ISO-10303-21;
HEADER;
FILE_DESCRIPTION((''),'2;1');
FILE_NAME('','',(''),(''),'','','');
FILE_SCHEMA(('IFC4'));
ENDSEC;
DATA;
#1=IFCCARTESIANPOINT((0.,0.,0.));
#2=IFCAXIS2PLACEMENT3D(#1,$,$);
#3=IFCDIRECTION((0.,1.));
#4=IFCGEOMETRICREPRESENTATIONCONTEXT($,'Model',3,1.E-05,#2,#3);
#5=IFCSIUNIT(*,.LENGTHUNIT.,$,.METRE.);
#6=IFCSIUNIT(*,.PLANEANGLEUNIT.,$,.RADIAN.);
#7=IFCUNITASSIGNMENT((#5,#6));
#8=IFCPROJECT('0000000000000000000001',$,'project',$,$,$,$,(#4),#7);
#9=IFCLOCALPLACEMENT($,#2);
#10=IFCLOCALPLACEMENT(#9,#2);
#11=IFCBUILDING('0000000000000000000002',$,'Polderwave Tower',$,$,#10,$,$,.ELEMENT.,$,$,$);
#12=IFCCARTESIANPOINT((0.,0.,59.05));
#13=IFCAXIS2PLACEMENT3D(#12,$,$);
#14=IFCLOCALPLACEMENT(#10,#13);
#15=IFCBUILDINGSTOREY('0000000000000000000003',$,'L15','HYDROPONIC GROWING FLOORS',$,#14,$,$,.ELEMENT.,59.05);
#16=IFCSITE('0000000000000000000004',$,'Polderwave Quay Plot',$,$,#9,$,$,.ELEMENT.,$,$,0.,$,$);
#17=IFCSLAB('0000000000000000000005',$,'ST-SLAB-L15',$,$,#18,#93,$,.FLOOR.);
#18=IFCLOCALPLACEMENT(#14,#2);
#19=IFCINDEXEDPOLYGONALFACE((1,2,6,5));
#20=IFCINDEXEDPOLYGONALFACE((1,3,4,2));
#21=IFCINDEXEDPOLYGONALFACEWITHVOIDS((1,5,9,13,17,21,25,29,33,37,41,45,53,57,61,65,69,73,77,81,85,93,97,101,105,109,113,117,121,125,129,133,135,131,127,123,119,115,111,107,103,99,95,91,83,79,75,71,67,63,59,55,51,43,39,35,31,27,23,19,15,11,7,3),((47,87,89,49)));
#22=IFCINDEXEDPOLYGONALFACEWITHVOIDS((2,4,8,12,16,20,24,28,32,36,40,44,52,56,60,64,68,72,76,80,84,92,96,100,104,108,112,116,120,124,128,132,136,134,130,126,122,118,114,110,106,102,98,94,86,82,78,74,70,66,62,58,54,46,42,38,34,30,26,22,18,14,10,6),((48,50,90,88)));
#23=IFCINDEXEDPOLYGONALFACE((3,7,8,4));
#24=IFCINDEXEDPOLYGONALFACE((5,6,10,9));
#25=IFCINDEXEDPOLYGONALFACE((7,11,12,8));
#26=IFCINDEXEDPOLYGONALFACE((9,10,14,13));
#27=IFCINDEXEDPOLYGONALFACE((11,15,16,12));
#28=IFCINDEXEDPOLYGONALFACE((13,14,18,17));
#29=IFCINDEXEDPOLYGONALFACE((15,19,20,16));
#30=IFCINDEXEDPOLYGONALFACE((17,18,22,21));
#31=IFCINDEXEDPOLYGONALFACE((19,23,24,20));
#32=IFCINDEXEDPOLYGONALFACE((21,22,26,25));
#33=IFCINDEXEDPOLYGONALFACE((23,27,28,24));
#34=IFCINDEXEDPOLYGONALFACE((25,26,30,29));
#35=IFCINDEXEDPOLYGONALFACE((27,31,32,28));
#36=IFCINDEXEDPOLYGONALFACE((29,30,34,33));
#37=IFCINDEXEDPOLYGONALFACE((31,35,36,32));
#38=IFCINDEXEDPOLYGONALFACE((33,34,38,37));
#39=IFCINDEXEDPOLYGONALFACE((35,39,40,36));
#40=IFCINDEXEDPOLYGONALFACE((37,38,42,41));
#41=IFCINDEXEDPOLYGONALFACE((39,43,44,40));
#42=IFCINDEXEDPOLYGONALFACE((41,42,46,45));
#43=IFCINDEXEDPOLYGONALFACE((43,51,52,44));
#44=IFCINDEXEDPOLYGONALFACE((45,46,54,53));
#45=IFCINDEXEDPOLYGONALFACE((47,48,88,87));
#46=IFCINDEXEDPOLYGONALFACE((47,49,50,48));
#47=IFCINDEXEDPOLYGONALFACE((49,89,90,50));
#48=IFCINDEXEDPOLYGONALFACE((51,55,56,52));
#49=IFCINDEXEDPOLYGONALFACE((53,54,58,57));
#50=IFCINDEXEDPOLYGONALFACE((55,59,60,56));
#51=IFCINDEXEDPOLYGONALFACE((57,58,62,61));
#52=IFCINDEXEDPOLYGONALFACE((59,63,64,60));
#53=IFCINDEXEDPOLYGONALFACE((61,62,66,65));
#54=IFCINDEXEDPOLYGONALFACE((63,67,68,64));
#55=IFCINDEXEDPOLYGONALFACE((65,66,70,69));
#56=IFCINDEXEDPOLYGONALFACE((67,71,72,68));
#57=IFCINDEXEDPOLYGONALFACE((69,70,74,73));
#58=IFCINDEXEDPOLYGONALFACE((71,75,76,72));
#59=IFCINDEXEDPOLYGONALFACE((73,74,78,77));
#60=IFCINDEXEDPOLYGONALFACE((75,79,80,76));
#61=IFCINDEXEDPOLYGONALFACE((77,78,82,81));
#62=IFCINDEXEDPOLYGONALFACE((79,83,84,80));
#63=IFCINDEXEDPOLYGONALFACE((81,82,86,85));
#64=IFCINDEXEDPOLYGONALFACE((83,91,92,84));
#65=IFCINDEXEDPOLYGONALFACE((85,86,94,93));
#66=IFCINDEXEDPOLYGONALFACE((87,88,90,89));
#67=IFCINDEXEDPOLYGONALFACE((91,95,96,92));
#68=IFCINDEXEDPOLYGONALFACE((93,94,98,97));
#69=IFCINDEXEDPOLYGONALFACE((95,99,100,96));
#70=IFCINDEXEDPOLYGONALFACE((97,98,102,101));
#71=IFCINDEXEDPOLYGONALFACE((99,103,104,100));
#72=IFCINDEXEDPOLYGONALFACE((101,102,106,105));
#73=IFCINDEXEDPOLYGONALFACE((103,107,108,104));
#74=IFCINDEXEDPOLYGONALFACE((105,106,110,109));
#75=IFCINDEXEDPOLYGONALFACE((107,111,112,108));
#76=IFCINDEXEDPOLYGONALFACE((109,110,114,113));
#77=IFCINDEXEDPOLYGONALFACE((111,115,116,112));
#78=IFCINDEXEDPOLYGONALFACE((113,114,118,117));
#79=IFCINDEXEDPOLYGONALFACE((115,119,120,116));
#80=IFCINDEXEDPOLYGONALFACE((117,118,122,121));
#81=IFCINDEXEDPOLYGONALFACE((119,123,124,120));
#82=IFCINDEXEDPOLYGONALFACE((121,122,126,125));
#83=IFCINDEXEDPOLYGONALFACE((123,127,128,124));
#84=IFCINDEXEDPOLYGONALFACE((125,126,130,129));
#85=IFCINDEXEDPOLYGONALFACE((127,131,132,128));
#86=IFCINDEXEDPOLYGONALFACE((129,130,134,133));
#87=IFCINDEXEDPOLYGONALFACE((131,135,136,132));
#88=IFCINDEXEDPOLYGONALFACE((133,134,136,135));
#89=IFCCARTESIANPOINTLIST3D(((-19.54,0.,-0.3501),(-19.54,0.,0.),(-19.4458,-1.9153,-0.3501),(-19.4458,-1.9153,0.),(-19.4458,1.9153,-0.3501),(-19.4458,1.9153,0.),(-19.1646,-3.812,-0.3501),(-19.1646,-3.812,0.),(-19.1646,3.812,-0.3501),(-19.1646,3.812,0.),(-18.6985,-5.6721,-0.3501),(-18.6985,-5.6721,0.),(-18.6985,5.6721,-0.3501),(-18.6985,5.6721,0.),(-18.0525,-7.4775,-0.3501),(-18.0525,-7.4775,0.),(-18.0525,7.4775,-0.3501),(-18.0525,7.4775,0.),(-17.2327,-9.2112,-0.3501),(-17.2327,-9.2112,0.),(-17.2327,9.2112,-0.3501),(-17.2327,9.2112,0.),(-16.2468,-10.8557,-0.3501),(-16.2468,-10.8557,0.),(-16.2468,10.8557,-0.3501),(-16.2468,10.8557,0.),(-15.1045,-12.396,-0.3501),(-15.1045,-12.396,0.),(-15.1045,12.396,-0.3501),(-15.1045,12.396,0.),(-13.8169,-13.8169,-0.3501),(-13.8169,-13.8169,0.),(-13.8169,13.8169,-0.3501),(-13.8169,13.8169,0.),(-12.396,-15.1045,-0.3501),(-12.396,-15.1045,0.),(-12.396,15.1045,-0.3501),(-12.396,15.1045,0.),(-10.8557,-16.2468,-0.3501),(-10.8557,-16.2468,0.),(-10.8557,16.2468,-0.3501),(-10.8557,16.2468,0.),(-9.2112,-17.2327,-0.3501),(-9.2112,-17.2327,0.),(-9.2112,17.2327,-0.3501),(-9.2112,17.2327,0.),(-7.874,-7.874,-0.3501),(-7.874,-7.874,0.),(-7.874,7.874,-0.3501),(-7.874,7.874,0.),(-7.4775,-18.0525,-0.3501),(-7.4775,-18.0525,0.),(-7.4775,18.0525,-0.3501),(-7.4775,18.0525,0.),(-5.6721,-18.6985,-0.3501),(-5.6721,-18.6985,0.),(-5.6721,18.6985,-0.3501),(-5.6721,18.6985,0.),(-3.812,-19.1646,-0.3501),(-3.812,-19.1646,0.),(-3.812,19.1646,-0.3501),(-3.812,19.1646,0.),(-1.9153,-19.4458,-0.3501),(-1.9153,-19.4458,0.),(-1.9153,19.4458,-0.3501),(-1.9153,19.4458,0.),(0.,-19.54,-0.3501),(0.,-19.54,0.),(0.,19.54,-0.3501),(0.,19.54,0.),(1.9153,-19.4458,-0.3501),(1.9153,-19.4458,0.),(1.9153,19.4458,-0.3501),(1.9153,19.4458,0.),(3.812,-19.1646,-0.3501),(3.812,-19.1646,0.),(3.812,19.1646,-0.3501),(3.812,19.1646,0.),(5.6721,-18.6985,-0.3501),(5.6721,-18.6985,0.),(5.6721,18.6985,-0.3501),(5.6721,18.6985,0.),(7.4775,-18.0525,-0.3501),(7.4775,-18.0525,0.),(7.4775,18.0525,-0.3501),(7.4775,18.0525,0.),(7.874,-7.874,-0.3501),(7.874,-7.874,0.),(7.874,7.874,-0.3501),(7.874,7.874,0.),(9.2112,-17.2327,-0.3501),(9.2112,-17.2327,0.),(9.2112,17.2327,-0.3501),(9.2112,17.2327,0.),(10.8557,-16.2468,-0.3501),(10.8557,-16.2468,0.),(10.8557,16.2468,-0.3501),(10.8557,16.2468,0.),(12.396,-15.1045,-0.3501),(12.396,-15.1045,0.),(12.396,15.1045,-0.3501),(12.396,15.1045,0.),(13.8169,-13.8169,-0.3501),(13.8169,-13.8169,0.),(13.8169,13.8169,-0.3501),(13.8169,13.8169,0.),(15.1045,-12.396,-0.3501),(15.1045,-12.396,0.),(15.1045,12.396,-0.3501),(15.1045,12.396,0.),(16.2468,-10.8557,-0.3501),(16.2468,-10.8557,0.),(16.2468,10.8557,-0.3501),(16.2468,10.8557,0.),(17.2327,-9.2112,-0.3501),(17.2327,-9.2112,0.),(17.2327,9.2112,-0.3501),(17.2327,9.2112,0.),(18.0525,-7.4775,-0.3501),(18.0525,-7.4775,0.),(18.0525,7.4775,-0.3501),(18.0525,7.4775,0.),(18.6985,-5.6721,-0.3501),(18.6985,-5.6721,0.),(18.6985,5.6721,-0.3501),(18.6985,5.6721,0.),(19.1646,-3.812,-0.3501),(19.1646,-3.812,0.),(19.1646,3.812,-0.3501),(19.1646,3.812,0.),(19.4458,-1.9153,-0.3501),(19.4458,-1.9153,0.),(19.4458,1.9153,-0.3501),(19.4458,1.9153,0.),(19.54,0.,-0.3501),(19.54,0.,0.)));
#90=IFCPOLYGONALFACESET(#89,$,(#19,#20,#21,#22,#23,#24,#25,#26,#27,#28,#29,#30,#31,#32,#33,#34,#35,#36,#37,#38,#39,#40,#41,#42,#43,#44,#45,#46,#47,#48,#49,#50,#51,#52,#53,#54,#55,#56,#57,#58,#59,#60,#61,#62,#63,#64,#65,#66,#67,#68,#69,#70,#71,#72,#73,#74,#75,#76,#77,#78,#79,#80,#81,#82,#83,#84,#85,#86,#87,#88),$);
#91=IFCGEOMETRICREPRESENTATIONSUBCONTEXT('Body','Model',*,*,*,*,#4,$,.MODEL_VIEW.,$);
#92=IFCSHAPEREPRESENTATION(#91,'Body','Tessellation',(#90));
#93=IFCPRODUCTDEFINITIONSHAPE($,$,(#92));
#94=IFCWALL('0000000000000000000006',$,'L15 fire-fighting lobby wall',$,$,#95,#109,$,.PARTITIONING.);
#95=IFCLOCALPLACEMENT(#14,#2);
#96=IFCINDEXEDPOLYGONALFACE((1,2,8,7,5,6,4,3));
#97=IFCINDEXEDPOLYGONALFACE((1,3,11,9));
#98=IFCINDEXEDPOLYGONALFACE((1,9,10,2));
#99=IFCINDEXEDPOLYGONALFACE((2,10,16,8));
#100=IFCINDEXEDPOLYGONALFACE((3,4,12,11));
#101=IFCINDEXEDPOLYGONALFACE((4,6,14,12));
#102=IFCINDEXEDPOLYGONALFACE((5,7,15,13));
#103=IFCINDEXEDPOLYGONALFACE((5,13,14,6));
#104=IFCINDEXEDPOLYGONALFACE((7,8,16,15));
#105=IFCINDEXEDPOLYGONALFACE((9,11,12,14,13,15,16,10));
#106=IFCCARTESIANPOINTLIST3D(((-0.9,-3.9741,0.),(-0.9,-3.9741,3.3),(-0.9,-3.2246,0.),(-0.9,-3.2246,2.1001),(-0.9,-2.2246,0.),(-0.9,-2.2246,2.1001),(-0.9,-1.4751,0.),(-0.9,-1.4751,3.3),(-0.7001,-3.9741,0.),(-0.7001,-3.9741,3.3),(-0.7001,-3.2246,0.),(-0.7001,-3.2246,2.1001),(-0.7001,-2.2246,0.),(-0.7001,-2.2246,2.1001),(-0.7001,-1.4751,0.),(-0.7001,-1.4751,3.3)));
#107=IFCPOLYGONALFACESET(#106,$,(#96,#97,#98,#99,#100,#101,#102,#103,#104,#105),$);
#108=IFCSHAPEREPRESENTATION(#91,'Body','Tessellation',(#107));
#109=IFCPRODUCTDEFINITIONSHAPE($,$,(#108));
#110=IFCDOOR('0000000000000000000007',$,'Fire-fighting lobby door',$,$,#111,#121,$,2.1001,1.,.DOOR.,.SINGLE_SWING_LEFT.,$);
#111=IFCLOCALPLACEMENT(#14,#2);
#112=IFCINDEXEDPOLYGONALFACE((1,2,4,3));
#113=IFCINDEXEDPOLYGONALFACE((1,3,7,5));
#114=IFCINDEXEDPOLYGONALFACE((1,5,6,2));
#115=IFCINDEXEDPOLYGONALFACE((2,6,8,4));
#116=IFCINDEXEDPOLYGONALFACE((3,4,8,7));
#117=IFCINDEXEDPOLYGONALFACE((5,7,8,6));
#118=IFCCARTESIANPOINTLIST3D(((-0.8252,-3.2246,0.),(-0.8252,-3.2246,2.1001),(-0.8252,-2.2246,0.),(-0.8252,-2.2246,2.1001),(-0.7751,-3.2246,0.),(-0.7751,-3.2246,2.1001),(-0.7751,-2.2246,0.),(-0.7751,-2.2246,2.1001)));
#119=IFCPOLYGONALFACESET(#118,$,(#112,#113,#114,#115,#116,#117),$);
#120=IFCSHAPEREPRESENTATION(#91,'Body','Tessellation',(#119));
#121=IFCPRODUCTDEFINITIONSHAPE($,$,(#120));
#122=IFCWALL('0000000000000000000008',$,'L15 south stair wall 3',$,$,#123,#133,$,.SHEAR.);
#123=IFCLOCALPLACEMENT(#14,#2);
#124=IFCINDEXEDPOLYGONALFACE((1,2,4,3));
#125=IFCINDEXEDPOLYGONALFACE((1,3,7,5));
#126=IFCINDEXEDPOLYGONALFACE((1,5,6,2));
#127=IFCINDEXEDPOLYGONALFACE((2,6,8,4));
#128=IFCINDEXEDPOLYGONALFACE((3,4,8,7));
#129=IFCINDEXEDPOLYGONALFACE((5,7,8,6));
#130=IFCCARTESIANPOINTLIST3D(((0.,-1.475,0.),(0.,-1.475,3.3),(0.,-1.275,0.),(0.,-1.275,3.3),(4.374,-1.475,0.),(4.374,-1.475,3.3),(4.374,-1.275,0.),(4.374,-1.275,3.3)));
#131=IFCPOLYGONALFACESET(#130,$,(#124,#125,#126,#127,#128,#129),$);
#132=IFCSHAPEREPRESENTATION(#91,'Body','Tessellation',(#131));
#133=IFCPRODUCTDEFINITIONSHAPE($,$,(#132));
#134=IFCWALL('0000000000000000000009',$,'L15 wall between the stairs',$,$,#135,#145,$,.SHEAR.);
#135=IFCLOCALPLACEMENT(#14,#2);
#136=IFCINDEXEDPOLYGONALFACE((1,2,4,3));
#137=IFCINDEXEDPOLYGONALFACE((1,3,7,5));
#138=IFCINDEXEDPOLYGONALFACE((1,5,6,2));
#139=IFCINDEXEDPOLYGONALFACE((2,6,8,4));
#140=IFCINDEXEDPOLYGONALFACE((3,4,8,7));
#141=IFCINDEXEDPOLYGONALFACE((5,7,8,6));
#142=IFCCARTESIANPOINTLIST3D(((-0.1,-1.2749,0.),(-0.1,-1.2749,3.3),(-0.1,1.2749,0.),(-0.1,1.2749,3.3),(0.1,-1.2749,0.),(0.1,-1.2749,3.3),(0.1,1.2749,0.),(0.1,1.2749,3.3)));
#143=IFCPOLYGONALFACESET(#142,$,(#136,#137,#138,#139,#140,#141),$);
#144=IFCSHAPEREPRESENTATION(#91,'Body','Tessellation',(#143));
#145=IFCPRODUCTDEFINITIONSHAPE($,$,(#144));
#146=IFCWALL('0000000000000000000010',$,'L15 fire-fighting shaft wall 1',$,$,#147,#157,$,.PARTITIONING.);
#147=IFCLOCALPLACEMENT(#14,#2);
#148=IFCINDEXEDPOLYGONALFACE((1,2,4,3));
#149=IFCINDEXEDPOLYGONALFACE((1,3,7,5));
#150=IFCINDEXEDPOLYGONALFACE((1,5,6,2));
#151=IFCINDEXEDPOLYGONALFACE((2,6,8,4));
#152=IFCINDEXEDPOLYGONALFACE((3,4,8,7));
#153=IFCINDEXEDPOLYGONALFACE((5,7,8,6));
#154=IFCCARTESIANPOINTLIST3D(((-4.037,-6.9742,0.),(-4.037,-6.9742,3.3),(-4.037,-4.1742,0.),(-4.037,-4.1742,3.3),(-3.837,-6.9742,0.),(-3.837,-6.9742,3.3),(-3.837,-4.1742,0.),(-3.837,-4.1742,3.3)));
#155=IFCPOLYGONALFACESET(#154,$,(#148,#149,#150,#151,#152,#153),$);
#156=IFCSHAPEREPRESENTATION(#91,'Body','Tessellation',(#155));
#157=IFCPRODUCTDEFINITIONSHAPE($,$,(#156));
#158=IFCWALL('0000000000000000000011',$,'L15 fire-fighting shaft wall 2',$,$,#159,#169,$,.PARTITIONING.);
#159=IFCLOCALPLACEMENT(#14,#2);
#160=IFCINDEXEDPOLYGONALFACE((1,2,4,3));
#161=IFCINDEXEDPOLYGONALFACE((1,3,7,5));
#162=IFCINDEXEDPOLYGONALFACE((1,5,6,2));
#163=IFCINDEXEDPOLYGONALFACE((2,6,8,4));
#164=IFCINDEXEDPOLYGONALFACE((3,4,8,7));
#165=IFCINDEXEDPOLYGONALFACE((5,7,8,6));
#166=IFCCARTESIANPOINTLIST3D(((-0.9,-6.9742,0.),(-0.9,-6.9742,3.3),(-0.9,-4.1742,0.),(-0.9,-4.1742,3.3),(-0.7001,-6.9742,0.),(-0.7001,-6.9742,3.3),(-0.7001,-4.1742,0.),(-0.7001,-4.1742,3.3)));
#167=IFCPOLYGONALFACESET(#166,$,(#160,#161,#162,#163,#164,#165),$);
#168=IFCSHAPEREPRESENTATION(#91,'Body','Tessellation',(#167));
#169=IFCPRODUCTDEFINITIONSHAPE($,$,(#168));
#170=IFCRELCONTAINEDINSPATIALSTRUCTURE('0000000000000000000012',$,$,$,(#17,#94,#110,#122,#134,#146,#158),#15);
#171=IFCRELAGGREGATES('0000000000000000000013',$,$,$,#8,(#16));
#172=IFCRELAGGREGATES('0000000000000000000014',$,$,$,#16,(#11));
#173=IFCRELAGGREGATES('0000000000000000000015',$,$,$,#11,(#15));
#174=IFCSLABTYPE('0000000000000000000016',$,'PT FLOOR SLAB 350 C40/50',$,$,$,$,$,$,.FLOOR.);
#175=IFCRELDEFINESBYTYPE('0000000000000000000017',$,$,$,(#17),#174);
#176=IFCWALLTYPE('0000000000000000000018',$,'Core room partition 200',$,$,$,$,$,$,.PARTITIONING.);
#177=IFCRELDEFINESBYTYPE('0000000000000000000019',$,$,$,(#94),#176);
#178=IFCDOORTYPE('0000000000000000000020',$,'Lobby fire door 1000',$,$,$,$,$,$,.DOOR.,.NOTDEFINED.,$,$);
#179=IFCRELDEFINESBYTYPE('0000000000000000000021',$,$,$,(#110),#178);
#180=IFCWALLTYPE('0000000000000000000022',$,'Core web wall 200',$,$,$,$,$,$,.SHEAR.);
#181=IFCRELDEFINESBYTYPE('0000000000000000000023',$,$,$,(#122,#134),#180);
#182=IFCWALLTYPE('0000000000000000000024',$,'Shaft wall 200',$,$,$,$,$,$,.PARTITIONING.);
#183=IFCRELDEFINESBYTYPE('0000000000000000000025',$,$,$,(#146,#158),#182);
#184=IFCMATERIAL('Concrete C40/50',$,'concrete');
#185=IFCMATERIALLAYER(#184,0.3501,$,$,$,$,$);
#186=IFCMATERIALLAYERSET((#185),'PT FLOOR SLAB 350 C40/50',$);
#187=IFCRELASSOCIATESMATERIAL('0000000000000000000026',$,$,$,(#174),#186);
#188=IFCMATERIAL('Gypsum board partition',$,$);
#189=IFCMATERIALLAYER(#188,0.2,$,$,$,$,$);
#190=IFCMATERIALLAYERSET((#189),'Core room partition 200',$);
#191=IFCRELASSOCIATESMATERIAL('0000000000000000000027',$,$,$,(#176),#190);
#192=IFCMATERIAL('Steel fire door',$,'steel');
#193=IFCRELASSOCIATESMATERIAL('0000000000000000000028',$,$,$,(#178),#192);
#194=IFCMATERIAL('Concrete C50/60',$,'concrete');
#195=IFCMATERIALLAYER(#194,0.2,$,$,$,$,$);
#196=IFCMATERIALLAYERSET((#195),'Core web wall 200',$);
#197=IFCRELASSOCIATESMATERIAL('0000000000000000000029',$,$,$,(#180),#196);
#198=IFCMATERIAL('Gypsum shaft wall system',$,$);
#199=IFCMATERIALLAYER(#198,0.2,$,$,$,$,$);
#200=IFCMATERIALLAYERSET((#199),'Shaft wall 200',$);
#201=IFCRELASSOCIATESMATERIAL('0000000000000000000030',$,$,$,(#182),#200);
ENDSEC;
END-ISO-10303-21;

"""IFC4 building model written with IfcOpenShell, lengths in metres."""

from ifc_helpers import new_model, si_unit, direction, frame, frame_2d, origin, place, context, subcontext, project, spatial, polyline, rectangle, outline, extrude, material, layer, layer_set, type_object, element, fill, save


model = new_model("IFC4")

# Units and contexts
model_context = context("Model", 3, precision=1e-05, world=origin(), true_north=direction((0.0, 1.0)))
body_context = subcontext(model_context, "Body", "Model", "MODEL_VIEW")
ifc_project = project(units=[si_unit("LENGTHUNIT", "METRE"), si_unit("PLANEANGLEUNIT", "RADIAN")], contexts=[model_context])

# Site, building, storey
site_placement = place(None, origin())
site = spatial("IfcSite", under=ifc_project, at=site_placement, Name="Polderwave Quay Plot", CompositionType="ELEMENT", RefElevation=0.0)
building_placement = place(site_placement, origin())
building = spatial("IfcBuilding", under=site, at=building_placement, Name="Polderwave Tower", CompositionType="ELEMENT")
storey_placement = place(building_placement, frame((0.0, 0.0, 59.05)))
storey = spatial("IfcBuildingStorey", under=building, at=storey_placement, Name="L15", Description="HYDROPONIC GROWING FLOORS", CompositionType="ELEMENT", Elevation=59.05)

# Slab
ifc_material_1 = material(Name="Concrete C40/50", Category="concrete")
ifc_layer_1 = layer(ifc_material_1, 0.3501)
ifc_layer_set_1 = layer_set([ifc_layer_1], Name="PT FLOOR SLAB 350 C40/50")
slab_type = type_object("IfcSlabType", Name="PT FLOOR SLAB 350 C40/50", PredefinedType="FLOOR", material=ifc_layer_set_1)
slab_placement = place(storey_placement, frame((0.0, 0.0, -0.3501)))
element("IfcSlab", 1, at=slab_placement, inside=storey, type_object=slab_type, Name="ST-SLAB-L15", PredefinedType="FLOOR", context=body_context, shape_type="SweptSolid", body=[
    extrude(outline(polyline([(19.54, 0.0), (19.4458, 1.9153), (19.1646, 3.812), (18.6985, 5.6721), (18.0525, 7.4775), (17.2327, 9.2112), (16.2468, 10.8557), (15.1045, 12.396), (13.8169, 13.8169), (12.396, 15.1045), (10.8557, 16.2468), (9.2112, 17.2327), (7.4775, 18.0525), (5.6721, 18.6985), (3.812, 19.1646), (1.9153, 19.4458), (0.0, 19.54), (-1.9153, 19.4458), (-3.812, 19.1646), (-5.6721, 18.6985), (-7.4775, 18.0525), (-9.2112, 17.2327), (-10.8557, 16.2468), (-12.396, 15.1045), (-13.8169, 13.8169), (-15.1045, 12.396), (-16.2468, 10.8557), (-17.2327, 9.2112), (-18.0525, 7.4775), (-18.6985, 5.6721), (-19.1646, 3.812), (-19.4458, 1.9153), (-19.54, 0.0), (-19.4458, -1.9153), (-19.1646, -3.812), (-18.6985, -5.6721), (-18.0525, -7.4775), (-17.2327, -9.2112), (-16.2468, -10.8557), (-15.1045, -12.396), (-13.8169, -13.8169), (-12.396, -15.1045), (-10.8557, -16.2468), (-9.2112, -17.2327), (-7.4775, -18.0525), (-5.6721, -18.6985), (-3.812, -19.1646), (-1.9153, -19.4458), (0.0, -19.54), (1.9153, -19.4458), (3.812, -19.1646), (5.6721, -18.6985), (7.4775, -18.0525), (9.2112, -17.2327), (10.8557, -16.2468), (12.396, -15.1045), (13.8169, -13.8169), (15.1045, -12.396), (16.2468, -10.8557), (17.2327, -9.2112), (18.0525, -7.4775), (18.6985, -5.6721), (19.1646, -3.812), (19.4458, -1.9153), (19.54, 0.0)]), holes=[polyline([(-7.874, -7.874), (7.874, -7.874), (7.874, 7.874), (-7.874, 7.874), (-7.874, -7.874)])]), origin(), (0.0, 0.0, 1.0), 0.3501),
])

# Wall, opening, door
ifc_material_2 = material(Name="Gypsum board partition")
ifc_layer_2 = layer(ifc_material_2, 0.2)
ifc_layer_set_2 = layer_set([ifc_layer_2], Name="Core room partition 200")
wall_type_1 = type_object("IfcWallType", Name="Core room partition 200", PredefinedType="PARTITIONING", material=ifc_layer_set_2)
wall_1_placement = place(storey_placement, frame((-0.8, -3.9741, 0.0), z_axis=(0.0, 0.0, 1.0), x_axis=(0.0, 1.0, 0.0)))
wall_1 = element("IfcWall", 2, at=wall_1_placement, inside=storey, type_object=wall_type_1, Name="L15 fire-fighting lobby wall", PredefinedType="PARTITIONING", context=body_context, shape_type="SweptSolid", body=[
    extrude(rectangle(XDim=2.499, YDim=0.2, at=frame_2d((1.2495, 0.0))), origin(), (0.0, 0.0, 1.0), 3.3),
])
opening_placement = place(wall_1_placement, frame((0.7495, 0.0, 0.0)))
opening = element("IfcOpeningElement", 3, at=opening_placement, cuts=wall_1, PredefinedType="OPENING", context=body_context, shape_type="SweptSolid", body=[
    extrude(rectangle(XDim=1.0, YDim=2.1001, at=frame_2d((0.5, 1.05))), frame((0.0, 0.1099, 0.0), z_axis=(0.0, -1.0, 0.0), x_axis=(1.0, 0.0, 0.0)), (0.0, 0.0, 1.0), 0.22),
])
ifc_material_3 = material(Name="Steel fire door", Category="steel")
door_type = type_object("IfcDoorType", Name="Lobby fire door 1000", OperationType="NOTDEFINED", PredefinedType="DOOR", material=ifc_material_3)
door_placement = place(opening_placement, frame((1.0, 0.0, 0.0), z_axis=(0.0, 0.0, 1.0), x_axis=(-1.0, 0.0, 0.0)))
door = element("IfcDoor", 4, at=door_placement, inside=storey, type_object=door_type, Name="Fire-fighting lobby door", OperationType="SINGLE_SWING_LEFT", OverallHeight=2.1001, OverallWidth=1.0, PredefinedType="DOOR", context=body_context, shape_type="SweptSolid", body=[
    extrude(rectangle(XDim=1.0, YDim=2.1001, at=frame_2d((0.5, 1.05))), frame((0.0, 0.0249, 0.0), z_axis=(0.0, -1.0, 0.0), x_axis=(1.0, 0.0, 0.0)), (0.0, 0.0, 1.0), 0.05),
])
fill(opening, door)

# Walls
ifc_material_4 = material(Name="Concrete C50/60", Category="concrete")
ifc_layer_3 = layer(ifc_material_4, 0.2)
ifc_layer_set_3 = layer_set([ifc_layer_3], Name="Core web wall 200")
wall_type_2 = type_object("IfcWallType", Name="Core web wall 200", PredefinedType="SHEAR", material=ifc_layer_set_3)
wall_2_placement = place(storey_placement, frame((0.0, -1.375, 0.0), z_axis=(0.0, 0.0, 1.0), x_axis=(1.0, 0.0, 0.0)))
element("IfcWall", 5, at=wall_2_placement, inside=storey, type_object=wall_type_2, Name="L15 south stair wall 3", PredefinedType="SHEAR", context=body_context, shape_type="SweptSolid", body=[
    extrude(rectangle(XDim=4.374, YDim=0.2, at=frame_2d((2.187, 0.0))), origin(), (0.0, 0.0, 1.0), 3.3),
])
wall_3_placement = place(storey_placement, frame((0.0, -1.2749, 0.0), z_axis=(0.0, 0.0, 1.0), x_axis=(0.0, 1.0, 0.0)))
element("IfcWall", 6, at=wall_3_placement, inside=storey, type_object=wall_type_2, Name="L15 wall between the stairs", PredefinedType="SHEAR", context=body_context, shape_type="SweptSolid", body=[
    extrude(rectangle(XDim=2.5498, YDim=0.2, at=frame_2d((1.2749, 0.0))), origin(), (0.0, 0.0, 1.0), 3.3),
])
ifc_material_5 = material(Name="Gypsum shaft wall system")
ifc_layer_4 = layer(ifc_material_5, 0.2)
ifc_layer_set_4 = layer_set([ifc_layer_4], Name="Shaft wall 200")
wall_type_3 = type_object("IfcWallType", Name="Shaft wall 200", PredefinedType="PARTITIONING", material=ifc_layer_set_4)
for number, where, z_axis, x_axis, name in (
    (7, (-3.937, -6.9741, 0.0), (0.0, 0.0, 1.0), (0.0, 1.0, 0.0), "L15 fire-fighting shaft wall 1"),
    (8, (-0.8, -6.9741, 0.0), (0.0, 0.0, 1.0), (0.0, 1.0, 0.0), "L15 fire-fighting shaft wall 2"),
):
    element("IfcWall", number, at=place(storey_placement, frame(where, z_axis=z_axis, x_axis=x_axis)), inside=storey, type_object=wall_type_3, Name=name, PredefinedType="PARTITIONING", context=body_context, shape_type="SweptSolid", body=[
        extrude(rectangle(XDim=2.8, YDim=0.2, at=frame_2d((1.3999, 0.0))), origin(), (0.0, 0.0, 1.0), 3.3),
    ])

save(model, "model.ifc")
